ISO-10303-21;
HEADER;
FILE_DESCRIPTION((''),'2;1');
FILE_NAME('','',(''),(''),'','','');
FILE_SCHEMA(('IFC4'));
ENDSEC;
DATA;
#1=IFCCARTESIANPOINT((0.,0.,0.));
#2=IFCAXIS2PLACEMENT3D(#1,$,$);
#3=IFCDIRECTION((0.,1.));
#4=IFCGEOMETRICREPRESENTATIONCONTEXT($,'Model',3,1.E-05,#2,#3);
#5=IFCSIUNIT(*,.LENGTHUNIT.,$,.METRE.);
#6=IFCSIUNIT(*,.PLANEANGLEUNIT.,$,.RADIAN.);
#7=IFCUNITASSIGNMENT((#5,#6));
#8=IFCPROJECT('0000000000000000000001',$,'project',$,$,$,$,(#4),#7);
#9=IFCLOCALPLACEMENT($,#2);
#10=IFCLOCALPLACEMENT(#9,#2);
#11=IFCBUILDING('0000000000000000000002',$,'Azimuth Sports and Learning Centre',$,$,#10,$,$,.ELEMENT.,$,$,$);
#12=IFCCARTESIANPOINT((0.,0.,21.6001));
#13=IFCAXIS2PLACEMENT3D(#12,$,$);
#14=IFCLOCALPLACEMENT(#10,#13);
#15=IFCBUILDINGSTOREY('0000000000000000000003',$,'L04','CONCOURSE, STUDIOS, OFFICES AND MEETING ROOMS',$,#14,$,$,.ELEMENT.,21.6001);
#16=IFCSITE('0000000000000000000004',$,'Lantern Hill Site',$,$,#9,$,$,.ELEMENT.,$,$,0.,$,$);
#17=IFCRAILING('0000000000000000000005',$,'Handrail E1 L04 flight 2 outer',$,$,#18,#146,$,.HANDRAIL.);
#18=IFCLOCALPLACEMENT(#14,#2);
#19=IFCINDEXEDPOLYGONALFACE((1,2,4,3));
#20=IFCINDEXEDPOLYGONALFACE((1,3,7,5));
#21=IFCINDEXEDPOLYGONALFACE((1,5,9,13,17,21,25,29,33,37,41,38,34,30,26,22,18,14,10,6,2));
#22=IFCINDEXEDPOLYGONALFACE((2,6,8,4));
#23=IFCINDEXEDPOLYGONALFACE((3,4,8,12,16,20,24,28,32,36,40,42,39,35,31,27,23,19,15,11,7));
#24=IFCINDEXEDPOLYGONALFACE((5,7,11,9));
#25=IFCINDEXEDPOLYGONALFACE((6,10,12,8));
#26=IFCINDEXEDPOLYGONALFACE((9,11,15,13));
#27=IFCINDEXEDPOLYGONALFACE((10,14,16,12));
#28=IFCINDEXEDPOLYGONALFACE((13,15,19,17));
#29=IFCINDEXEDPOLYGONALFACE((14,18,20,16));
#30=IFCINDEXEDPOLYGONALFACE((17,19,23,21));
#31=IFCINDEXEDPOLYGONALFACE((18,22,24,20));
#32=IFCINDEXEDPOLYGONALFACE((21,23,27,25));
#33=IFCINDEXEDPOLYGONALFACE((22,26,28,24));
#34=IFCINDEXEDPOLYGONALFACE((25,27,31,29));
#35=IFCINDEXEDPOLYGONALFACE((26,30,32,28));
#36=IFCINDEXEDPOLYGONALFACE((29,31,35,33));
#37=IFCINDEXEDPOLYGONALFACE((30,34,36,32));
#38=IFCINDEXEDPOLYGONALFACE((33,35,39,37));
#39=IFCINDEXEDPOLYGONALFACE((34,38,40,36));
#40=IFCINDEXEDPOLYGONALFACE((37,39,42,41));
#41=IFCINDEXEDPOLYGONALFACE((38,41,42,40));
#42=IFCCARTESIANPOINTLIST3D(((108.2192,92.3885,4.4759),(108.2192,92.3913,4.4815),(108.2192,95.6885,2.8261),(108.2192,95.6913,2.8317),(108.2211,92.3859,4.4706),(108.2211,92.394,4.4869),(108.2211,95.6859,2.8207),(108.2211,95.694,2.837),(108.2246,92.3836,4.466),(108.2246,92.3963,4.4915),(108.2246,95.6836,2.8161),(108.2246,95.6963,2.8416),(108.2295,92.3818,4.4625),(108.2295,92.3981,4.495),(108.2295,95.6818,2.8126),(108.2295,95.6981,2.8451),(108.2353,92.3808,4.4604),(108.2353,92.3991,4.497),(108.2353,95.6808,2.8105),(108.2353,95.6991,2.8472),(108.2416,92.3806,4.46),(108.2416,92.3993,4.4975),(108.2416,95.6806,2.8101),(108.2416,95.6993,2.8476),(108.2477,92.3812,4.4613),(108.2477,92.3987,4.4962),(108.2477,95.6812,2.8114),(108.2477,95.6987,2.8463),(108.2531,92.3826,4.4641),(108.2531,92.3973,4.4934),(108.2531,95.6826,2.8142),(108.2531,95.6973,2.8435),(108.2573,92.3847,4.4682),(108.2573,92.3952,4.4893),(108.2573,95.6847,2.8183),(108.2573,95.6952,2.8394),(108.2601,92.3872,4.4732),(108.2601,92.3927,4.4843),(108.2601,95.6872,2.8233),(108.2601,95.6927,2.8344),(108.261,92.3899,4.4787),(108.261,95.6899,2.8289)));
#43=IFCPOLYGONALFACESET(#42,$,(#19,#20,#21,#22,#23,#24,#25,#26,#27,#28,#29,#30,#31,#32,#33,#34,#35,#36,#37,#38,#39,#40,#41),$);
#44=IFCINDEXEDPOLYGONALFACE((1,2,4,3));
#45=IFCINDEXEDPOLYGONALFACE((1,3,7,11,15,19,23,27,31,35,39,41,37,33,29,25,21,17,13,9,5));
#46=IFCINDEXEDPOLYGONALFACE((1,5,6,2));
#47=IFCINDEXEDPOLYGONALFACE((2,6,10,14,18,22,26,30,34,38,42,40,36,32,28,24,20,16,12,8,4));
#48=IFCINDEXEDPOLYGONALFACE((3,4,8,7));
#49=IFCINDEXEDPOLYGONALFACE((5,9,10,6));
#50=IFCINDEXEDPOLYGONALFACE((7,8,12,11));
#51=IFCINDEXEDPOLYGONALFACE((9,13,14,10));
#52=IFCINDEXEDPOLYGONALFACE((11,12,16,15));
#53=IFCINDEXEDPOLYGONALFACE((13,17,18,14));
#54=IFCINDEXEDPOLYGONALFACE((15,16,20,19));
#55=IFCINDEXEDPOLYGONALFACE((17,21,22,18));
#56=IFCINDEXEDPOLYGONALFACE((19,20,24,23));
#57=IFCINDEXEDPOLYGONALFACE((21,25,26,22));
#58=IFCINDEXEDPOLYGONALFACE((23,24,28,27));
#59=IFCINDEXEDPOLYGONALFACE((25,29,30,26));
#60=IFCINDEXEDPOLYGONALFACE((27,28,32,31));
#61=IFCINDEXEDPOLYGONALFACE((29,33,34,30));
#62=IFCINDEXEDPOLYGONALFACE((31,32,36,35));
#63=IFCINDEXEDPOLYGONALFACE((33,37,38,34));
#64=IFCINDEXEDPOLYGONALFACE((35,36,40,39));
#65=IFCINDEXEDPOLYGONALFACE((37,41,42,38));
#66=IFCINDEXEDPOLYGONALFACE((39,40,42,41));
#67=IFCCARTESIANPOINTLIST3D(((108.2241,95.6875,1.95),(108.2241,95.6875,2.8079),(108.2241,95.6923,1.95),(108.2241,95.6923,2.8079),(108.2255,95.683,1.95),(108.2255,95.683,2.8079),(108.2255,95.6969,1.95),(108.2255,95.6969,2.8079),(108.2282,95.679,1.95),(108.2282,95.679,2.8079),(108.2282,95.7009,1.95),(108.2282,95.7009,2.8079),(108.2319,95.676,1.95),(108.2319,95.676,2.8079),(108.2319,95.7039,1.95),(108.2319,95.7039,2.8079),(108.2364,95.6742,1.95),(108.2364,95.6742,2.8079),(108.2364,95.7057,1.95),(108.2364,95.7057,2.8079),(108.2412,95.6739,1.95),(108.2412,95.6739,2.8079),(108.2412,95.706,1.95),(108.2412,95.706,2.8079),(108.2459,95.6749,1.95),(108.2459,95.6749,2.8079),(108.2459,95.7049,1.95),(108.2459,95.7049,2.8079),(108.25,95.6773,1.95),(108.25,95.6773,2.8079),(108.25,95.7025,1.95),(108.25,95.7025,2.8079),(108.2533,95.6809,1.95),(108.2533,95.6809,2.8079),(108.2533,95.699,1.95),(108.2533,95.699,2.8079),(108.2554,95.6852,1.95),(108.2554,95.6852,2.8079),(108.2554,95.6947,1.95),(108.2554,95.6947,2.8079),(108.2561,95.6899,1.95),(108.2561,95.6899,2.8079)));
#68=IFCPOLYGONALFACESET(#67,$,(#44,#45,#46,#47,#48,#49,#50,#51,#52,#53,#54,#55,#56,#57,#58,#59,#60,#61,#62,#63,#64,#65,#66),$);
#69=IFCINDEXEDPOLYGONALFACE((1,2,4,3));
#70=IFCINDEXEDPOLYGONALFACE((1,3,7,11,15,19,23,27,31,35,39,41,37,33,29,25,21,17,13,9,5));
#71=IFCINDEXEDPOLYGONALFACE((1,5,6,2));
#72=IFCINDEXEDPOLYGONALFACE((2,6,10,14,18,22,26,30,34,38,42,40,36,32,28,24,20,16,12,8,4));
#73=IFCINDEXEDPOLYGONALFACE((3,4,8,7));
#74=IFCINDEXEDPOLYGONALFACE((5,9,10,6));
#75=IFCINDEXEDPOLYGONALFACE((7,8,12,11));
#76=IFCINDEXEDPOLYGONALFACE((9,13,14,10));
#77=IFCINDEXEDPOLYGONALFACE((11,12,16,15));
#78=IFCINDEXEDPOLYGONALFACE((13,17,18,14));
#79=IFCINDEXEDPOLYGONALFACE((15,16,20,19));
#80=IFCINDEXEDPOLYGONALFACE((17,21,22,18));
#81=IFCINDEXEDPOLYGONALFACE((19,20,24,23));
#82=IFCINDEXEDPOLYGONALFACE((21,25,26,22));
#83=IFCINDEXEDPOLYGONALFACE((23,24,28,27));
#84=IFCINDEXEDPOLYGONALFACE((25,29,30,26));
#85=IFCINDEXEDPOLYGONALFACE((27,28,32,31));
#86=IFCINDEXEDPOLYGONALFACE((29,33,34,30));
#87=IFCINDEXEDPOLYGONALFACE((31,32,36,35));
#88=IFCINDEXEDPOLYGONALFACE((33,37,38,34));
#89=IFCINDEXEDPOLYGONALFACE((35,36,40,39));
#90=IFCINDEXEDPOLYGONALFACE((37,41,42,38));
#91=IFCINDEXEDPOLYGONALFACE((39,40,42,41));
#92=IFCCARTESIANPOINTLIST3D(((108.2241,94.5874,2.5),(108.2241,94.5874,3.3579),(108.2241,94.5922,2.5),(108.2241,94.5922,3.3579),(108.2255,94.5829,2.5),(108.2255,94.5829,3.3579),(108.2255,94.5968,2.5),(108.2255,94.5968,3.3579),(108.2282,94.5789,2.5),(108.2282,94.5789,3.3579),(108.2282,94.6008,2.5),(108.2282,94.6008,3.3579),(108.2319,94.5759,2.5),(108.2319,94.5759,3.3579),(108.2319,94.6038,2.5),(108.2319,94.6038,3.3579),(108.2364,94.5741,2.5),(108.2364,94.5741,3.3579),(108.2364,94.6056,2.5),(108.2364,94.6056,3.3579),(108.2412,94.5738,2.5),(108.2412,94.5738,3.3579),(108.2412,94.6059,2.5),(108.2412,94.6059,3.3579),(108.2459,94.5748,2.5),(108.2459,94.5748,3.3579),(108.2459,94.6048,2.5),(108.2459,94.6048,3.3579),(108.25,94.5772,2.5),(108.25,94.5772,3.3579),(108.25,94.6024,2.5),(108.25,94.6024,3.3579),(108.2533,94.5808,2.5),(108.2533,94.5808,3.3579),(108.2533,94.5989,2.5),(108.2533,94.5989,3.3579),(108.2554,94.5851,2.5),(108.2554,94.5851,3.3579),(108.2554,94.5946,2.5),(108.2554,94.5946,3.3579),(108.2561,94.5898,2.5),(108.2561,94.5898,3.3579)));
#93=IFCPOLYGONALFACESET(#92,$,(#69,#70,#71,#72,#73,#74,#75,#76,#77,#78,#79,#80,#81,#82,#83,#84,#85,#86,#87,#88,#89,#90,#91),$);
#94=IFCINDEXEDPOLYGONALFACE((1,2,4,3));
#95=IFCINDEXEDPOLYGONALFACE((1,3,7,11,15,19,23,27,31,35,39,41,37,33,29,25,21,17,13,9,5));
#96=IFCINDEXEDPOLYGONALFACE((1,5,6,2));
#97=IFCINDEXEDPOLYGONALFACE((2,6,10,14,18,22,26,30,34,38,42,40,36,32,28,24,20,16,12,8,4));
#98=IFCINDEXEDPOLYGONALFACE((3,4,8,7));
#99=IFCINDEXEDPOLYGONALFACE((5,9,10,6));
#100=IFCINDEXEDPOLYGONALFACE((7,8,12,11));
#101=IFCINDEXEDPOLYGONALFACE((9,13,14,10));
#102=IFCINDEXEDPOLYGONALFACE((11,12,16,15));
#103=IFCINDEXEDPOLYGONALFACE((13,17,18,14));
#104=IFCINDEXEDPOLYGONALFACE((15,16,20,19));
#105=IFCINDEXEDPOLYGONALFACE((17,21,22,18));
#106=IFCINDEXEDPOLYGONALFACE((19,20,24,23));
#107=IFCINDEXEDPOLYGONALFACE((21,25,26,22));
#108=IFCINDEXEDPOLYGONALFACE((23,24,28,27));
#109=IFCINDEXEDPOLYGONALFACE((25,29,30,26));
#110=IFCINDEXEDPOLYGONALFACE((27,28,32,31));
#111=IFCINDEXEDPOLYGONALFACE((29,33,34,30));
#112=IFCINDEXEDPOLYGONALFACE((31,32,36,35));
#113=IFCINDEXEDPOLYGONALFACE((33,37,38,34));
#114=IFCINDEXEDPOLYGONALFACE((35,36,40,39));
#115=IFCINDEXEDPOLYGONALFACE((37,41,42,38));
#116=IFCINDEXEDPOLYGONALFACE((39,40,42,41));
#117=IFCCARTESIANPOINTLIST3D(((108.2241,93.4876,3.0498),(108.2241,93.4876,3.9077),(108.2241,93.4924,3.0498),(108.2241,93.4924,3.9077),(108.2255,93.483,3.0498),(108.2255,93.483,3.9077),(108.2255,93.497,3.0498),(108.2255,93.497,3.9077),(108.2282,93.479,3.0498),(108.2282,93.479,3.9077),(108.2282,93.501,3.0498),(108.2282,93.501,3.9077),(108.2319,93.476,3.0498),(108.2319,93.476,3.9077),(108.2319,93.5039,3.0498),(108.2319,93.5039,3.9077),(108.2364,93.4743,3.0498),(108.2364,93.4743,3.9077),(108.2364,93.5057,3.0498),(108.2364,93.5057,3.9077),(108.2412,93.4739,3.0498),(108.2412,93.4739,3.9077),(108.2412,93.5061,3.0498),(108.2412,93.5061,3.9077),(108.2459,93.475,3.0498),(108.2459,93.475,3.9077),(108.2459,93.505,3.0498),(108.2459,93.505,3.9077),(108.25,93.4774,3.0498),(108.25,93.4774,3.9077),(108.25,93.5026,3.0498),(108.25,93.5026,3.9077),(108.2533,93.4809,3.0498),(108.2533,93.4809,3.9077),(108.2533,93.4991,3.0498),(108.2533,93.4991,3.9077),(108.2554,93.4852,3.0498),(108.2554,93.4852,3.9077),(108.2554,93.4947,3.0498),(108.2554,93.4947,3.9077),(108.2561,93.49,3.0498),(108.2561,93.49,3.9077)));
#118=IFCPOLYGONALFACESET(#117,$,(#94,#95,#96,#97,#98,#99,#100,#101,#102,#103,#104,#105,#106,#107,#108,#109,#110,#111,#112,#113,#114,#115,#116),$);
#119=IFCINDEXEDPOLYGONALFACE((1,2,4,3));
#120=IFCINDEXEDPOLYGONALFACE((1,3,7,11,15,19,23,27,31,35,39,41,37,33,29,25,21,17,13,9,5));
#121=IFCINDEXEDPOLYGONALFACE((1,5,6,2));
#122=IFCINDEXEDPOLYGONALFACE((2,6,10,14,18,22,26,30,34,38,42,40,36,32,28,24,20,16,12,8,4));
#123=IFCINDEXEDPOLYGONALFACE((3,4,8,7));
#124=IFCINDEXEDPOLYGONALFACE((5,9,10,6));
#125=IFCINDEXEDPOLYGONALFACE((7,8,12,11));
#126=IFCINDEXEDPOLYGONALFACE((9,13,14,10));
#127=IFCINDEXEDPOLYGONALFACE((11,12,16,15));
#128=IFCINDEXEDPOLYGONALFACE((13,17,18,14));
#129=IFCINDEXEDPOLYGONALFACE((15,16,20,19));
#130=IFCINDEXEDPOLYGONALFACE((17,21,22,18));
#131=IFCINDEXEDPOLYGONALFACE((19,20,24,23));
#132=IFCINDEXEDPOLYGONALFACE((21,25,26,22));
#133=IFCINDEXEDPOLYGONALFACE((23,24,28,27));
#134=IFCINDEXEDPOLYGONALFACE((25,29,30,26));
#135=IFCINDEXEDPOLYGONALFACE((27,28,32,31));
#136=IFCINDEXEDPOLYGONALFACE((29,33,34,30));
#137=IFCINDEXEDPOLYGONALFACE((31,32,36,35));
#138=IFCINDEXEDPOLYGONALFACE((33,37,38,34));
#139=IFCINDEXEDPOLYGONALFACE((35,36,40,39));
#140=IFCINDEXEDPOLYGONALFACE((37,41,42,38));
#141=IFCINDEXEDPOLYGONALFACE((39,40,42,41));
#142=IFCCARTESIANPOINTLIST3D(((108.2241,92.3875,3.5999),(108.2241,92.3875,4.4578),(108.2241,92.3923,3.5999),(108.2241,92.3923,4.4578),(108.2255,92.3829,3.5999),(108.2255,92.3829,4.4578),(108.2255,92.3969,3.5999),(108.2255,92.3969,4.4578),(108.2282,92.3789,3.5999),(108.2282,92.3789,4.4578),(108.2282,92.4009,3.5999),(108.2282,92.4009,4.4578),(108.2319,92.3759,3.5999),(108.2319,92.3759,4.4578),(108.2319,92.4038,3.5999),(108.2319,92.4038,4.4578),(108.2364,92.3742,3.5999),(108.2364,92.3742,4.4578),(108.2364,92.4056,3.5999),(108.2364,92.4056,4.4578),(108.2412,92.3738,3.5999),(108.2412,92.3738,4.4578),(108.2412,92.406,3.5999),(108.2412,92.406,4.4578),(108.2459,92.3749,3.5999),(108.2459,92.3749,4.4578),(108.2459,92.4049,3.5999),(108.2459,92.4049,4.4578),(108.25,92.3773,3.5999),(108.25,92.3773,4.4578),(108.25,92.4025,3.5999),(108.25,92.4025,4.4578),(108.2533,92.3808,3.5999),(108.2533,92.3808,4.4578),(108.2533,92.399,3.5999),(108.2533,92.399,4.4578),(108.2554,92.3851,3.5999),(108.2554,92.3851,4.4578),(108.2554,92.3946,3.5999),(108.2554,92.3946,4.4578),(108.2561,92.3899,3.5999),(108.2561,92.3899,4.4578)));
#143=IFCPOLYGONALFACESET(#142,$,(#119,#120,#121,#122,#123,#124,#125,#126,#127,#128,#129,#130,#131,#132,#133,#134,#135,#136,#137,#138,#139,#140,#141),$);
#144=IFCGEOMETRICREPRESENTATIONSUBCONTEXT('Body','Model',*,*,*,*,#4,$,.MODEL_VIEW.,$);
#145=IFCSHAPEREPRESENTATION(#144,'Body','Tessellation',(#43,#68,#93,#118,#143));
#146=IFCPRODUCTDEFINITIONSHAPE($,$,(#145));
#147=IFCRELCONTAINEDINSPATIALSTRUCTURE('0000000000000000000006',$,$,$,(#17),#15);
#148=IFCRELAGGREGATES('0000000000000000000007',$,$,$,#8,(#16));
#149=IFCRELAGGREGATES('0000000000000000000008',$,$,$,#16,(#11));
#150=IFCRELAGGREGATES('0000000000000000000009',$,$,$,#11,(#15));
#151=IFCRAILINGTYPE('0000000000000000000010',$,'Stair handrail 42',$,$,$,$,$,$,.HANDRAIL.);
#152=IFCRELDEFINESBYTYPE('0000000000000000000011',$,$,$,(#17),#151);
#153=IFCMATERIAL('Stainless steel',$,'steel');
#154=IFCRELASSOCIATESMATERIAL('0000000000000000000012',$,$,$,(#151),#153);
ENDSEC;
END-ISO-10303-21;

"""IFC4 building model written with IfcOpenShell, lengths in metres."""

from ifc_helpers import new_model, si_unit, direction, frame, origin, origin_2d, place, context, subcontext, project, spatial, circle, extrude, material, type_object, element, save


model = new_model("IFC4")

# Units and contexts
model_context = context("Model", 3, precision=1e-05, world=origin(), true_north=direction((0.0, 1.0)))
body_context = subcontext(model_context, "Body", "Model", "MODEL_VIEW")
ifc_project = project(units=[si_unit("LENGTHUNIT", "METRE"), si_unit("PLANEANGLEUNIT", "RADIAN")], contexts=[model_context])

# Site, building, storey
site_placement = place(None, origin())
site = spatial("IfcSite", under=ifc_project, at=site_placement, Name="Lantern Hill Site", CompositionType="ELEMENT", RefElevation=0.0)
building_placement = place(site_placement, origin())
building = spatial("IfcBuilding", under=site, at=building_placement, Name="Azimuth Sports and Learning Centre", CompositionType="ELEMENT")
storey_placement = place(building_placement, frame((0.0, 0.0, 21.6001)))
storey = spatial("IfcBuildingStorey", under=building, at=storey_placement, Name="L04", Description="CONCOURSE, STUDIOS, OFFICES AND MEETING ROOMS", CompositionType="ELEMENT", Elevation=21.6001)

# Railing
ifc_material_1 = material(Name="Stainless steel", Category="steel")
railing_type = type_object("IfcRailingType", Name="Stair handrail 42", PredefinedType="HANDRAIL", material=ifc_material_1)
for number, where, name in (
    (1, (108.24, 95.6899, 1.95), "Handrail E1 L04 flight 2 outer"),
):
    element("IfcRailing", number, at=place(storey_placement, frame(where)), inside=storey, type_object=railing_type, Name=name, PredefinedType="HANDRAIL", context=body_context, shape_type="SweptSolid", body=[
        extrude(circle(Radius=0.021, at=origin_2d()), frame((0.0, 0.0, 0.8789), z_axis=(0.0, -0.89444, 0.447187), x_axis=(1.0, 0.0, 0.0)), (0.0, 0.0, 1.0), 3.6895),
        extrude(circle(Radius=0.0161, at=origin_2d()), origin(), (0.0, 0.0, 1.0), 0.8579),
        extrude(circle(Radius=0.0161, at=origin_2d()), frame((0.0, -1.1001, 0.55)), (0.0, 0.0, 1.0), 0.8579),
        extrude(circle(Radius=0.0161, at=origin_2d()), frame((0.0, -2.2, 1.0999)), (0.0, 0.0, 1.0), 0.8579),
        extrude(circle(Radius=0.0161, at=origin_2d()), frame((0.0, -3.3, 1.6499)), (0.0, 0.0, 1.0), 0.8579),
    ])

save(model, "model.ifc")
